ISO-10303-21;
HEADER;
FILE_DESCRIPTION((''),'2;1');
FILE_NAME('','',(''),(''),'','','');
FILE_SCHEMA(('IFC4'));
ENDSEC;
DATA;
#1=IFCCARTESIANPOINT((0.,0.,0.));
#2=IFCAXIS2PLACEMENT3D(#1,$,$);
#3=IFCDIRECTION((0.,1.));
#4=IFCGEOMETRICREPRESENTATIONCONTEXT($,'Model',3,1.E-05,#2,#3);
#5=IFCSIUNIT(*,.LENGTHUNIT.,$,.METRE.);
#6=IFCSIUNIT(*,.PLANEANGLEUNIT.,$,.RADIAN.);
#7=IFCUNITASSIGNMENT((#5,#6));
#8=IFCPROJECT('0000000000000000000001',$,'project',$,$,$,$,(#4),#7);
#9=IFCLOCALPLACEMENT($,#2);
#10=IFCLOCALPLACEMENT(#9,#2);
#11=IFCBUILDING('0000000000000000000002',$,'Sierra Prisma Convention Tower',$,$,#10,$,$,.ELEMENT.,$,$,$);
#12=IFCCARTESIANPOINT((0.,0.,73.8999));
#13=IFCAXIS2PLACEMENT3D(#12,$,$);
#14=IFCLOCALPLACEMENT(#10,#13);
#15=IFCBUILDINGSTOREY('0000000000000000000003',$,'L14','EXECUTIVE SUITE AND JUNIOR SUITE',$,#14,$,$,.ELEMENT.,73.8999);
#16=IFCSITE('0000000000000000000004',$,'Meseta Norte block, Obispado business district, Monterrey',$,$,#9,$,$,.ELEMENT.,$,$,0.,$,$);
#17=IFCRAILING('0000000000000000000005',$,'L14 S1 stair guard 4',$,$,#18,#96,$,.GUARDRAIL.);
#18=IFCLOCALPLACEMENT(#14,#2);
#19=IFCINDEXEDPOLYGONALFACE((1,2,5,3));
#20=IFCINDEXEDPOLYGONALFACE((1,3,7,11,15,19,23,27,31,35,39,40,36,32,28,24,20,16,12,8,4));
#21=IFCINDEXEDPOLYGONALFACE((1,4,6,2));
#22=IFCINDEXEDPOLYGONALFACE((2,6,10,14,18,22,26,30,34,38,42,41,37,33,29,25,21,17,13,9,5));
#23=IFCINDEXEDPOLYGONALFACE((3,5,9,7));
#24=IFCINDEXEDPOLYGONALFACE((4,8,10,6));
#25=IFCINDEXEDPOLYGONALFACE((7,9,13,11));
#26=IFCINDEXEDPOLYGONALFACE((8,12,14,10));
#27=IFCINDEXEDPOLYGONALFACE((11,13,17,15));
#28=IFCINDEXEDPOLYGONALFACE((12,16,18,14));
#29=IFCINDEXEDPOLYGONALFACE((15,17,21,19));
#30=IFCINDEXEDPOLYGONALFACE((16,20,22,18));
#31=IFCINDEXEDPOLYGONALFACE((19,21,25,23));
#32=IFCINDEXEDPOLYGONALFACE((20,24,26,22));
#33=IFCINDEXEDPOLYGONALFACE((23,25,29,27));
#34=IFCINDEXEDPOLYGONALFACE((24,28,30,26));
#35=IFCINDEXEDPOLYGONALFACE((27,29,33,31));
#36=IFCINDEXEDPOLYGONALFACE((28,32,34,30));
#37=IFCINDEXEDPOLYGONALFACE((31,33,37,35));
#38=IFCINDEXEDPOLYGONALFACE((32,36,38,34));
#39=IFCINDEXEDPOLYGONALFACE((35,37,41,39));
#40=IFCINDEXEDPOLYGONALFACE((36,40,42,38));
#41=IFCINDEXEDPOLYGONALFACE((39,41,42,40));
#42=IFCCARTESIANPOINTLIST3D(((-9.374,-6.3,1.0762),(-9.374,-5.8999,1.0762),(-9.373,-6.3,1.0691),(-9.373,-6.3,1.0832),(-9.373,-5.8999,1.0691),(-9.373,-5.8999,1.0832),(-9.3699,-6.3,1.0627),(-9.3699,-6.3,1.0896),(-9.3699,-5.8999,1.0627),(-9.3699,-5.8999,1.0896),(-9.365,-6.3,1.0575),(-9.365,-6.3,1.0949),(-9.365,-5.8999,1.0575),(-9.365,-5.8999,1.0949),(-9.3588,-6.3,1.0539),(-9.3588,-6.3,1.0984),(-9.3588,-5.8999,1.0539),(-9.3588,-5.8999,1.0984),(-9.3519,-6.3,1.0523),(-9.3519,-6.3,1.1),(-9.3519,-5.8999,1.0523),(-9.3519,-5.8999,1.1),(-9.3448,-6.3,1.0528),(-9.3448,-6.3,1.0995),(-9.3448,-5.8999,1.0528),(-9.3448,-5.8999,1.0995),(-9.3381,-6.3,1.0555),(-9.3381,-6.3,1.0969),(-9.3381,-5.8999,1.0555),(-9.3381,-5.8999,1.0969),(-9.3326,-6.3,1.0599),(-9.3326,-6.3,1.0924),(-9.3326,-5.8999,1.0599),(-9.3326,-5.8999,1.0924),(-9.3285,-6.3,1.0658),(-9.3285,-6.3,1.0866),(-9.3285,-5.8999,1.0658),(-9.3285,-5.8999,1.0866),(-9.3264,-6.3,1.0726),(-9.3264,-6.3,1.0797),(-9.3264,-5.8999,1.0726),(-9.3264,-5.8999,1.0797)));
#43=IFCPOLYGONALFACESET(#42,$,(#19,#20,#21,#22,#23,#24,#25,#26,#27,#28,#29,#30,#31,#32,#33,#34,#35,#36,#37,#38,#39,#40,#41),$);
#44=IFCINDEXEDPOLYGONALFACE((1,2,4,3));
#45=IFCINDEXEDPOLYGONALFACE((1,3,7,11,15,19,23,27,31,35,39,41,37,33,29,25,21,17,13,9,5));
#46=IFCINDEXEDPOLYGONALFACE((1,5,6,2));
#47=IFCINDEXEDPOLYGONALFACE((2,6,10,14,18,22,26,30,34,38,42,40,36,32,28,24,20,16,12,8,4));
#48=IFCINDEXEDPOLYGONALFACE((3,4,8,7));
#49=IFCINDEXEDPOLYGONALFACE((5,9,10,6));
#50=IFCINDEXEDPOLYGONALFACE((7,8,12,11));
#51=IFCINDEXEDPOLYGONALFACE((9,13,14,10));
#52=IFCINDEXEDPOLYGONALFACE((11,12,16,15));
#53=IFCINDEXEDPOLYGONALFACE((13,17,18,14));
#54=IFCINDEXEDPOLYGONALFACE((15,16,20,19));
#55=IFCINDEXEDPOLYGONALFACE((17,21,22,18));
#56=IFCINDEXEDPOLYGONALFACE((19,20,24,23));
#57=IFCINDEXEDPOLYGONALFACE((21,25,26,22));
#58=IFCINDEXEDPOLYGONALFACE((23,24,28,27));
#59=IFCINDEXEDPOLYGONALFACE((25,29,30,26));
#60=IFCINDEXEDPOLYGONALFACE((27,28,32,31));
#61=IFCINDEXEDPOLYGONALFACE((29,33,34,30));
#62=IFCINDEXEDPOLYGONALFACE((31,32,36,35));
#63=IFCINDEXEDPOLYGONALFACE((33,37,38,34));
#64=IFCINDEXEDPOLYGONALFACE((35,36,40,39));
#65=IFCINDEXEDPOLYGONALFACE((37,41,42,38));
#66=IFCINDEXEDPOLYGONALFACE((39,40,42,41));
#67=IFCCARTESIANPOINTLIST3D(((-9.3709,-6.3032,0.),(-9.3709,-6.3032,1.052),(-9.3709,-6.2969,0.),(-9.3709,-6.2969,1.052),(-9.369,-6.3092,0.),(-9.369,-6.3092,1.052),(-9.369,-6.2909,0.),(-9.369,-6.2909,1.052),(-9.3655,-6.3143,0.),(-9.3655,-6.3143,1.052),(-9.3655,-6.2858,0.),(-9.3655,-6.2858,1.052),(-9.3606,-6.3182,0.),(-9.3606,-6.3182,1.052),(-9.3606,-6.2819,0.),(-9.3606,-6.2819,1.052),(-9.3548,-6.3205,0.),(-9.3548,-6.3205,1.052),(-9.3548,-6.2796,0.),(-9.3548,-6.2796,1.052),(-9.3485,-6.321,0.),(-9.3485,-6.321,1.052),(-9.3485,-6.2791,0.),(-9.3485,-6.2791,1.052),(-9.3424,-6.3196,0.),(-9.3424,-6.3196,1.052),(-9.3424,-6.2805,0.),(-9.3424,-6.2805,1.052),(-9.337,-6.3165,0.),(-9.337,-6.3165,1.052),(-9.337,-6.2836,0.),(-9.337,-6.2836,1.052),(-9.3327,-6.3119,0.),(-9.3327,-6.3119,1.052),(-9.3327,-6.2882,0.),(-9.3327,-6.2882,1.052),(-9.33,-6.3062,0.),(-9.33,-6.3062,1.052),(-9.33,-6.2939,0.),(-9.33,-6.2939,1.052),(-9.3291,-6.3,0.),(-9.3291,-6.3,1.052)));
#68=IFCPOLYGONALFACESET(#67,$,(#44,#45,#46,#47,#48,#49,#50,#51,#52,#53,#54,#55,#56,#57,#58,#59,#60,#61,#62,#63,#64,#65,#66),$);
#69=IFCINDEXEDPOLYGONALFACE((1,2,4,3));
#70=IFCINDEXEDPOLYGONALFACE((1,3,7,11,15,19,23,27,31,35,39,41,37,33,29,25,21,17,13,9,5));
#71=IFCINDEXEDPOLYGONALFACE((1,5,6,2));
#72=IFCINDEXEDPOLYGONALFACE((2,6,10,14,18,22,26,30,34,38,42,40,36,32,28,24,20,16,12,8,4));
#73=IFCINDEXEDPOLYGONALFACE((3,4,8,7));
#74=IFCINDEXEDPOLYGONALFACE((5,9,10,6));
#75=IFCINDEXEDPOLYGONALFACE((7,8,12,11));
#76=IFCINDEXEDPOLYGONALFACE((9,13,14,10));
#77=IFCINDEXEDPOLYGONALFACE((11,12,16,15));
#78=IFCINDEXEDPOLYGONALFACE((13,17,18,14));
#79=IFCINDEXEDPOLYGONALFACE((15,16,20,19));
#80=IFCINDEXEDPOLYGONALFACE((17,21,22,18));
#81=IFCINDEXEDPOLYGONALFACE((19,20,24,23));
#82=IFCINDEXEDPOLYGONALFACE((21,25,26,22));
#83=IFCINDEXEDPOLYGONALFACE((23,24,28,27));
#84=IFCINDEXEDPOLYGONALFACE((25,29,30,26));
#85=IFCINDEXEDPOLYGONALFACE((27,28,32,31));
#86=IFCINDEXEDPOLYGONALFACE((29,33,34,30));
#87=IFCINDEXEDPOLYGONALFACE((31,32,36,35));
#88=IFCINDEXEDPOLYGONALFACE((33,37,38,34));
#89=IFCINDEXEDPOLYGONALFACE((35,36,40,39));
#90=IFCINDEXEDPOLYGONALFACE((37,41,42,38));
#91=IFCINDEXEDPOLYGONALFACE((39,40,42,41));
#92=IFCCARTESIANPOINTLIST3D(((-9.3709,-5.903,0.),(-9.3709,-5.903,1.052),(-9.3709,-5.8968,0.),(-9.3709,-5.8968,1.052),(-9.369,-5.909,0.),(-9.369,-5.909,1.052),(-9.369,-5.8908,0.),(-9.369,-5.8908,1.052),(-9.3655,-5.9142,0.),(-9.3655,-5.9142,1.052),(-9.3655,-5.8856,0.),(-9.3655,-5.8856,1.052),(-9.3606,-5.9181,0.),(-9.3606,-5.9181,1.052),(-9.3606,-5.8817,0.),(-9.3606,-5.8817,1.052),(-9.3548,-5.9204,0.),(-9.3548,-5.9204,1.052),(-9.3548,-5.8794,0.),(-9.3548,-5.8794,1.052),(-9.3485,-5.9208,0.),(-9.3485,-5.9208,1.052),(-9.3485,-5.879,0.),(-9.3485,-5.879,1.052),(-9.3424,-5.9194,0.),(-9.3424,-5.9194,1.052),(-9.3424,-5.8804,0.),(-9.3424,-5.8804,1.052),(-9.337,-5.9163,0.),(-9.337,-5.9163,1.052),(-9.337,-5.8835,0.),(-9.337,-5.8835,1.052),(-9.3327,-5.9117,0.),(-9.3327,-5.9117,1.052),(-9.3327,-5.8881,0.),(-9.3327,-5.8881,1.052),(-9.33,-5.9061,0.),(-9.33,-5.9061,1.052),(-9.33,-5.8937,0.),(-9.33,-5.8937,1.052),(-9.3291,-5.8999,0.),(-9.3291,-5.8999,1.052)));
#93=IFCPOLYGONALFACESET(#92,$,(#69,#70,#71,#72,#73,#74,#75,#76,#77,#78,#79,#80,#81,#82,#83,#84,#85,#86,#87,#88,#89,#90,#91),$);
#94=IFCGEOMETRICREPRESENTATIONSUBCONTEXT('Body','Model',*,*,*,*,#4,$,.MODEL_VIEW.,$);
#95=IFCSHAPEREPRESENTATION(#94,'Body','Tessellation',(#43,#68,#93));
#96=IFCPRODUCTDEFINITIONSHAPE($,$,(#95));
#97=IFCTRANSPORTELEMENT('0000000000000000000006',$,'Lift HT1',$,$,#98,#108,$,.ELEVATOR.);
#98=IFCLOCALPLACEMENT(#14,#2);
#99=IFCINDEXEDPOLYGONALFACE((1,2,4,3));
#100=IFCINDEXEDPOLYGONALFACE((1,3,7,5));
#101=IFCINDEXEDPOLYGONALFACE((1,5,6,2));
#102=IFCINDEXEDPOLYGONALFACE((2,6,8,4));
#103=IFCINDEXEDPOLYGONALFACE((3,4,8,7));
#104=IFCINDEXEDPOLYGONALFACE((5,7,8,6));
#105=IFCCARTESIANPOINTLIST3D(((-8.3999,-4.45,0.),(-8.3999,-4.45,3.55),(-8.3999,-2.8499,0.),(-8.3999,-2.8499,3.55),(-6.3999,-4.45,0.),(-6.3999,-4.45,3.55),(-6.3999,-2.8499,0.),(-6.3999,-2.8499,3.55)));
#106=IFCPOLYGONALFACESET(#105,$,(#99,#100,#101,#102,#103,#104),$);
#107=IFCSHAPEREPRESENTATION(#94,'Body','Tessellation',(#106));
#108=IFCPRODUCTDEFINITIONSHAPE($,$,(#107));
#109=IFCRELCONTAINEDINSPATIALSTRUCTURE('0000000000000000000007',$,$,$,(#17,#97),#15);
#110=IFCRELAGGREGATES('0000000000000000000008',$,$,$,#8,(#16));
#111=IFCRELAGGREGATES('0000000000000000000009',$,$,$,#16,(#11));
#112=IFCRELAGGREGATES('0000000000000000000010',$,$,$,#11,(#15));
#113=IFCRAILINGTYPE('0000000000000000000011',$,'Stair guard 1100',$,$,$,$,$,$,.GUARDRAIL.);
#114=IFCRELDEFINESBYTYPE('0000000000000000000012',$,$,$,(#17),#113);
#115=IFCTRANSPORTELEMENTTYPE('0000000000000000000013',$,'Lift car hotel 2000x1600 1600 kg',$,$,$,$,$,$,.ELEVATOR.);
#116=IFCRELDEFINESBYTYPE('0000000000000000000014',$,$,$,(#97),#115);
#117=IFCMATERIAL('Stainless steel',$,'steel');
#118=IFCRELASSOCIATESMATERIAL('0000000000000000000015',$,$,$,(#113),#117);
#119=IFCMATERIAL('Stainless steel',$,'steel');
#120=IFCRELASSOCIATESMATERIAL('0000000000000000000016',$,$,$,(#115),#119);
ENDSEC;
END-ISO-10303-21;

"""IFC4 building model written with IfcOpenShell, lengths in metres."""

from ifc_helpers import new_model, si_unit, direction, frame, origin, origin_2d, place, context, subcontext, project, spatial, rectangle, circle, extrude, material, type_object, element, save


model = new_model("IFC4")

# Units and contexts
model_context = context("Model", 3, precision=1e-05, world=origin(), true_north=direction((0.0, 1.0)))
body_context = subcontext(model_context, "Body", "Model", "MODEL_VIEW")
ifc_project = project(units=[si_unit("LENGTHUNIT", "METRE"), si_unit("PLANEANGLEUNIT", "RADIAN")], contexts=[model_context])

# Site, building, storey
site_placement = place(None, origin())
site = spatial("IfcSite", under=ifc_project, at=site_placement, Name="Meseta Norte block, Obispado business district, Monterrey", CompositionType="ELEMENT", RefElevation=0.0)
building_placement = place(site_placement, origin())
building = spatial("IfcBuilding", under=site, at=building_placement, Name="Sierra Prisma Convention Tower", CompositionType="ELEMENT")
storey_placement = place(building_placement, frame((0.0, 0.0, 73.8999)))
storey = spatial("IfcBuildingStorey", under=building, at=storey_placement, Name="L14", Description="EXECUTIVE SUITE AND JUNIOR SUITE", CompositionType="ELEMENT", Elevation=73.8999)

# Railing
ifc_material_1 = material(Name="Stainless steel", Category="steel")
railing_type_1 = type_object("IfcRailingType", Name="Stair guard 1100", PredefinedType="GUARDRAIL", material=ifc_material_1)
railing_1_placement = place(storey_placement, frame((-9.3501, -6.3, 0.0)))
element("IfcRailing", 1, at=railing_1_placement, inside=storey, type_object=railing_type_1, Name="L14 S1 stair guard 4", PredefinedType="GUARDRAIL", context=body_context, shape_type="SweptSolid", body=[
    extrude(circle(Radius=0.0239, at=origin_2d()), frame((0.0, 0.0, 1.0762), z_axis=(0.0, 1.0, 0.0), x_axis=(-1.0, 0.0, 0.0)), (0.0, 0.0, 1.0), 0.4001),
    extrude(circle(Radius=0.021, at=origin_2d()), origin(), (0.0, 0.0, 1.0), 1.052),
    extrude(circle(Radius=0.021, at=origin_2d()), frame((0.0, 0.4001, 0.0)), (0.0, 0.0, 1.0), 1.052),
])

# Transport element
ifc_material_2 = material(Name="Stainless steel", Category="steel")
transport_element_type = type_object("IfcTransportElementType", Name="Lift car hotel 2000x1600 1600 kg", PredefinedType="ELEVATOR", material=ifc_material_2)
transport_element_placement = place(storey_placement, frame((-7.3999, -3.6499, 0.0), z_axis=(0.0, 0.0, 1.0), x_axis=(1.0, 0.0, 0.0)))
element("IfcTransportElement", 2, at=transport_element_placement, inside=storey, type_object=transport_element_type, Name="Lift HT1", PredefinedType="ELEVATOR", context=body_context, shape_type="SweptSolid", body=[
    extrude(rectangle(XDim=2.0, YDim=1.6001, at=origin_2d()), origin(), (0.0, 0.0, 1.0), 3.55),
])

save(model, "model.ifc")
